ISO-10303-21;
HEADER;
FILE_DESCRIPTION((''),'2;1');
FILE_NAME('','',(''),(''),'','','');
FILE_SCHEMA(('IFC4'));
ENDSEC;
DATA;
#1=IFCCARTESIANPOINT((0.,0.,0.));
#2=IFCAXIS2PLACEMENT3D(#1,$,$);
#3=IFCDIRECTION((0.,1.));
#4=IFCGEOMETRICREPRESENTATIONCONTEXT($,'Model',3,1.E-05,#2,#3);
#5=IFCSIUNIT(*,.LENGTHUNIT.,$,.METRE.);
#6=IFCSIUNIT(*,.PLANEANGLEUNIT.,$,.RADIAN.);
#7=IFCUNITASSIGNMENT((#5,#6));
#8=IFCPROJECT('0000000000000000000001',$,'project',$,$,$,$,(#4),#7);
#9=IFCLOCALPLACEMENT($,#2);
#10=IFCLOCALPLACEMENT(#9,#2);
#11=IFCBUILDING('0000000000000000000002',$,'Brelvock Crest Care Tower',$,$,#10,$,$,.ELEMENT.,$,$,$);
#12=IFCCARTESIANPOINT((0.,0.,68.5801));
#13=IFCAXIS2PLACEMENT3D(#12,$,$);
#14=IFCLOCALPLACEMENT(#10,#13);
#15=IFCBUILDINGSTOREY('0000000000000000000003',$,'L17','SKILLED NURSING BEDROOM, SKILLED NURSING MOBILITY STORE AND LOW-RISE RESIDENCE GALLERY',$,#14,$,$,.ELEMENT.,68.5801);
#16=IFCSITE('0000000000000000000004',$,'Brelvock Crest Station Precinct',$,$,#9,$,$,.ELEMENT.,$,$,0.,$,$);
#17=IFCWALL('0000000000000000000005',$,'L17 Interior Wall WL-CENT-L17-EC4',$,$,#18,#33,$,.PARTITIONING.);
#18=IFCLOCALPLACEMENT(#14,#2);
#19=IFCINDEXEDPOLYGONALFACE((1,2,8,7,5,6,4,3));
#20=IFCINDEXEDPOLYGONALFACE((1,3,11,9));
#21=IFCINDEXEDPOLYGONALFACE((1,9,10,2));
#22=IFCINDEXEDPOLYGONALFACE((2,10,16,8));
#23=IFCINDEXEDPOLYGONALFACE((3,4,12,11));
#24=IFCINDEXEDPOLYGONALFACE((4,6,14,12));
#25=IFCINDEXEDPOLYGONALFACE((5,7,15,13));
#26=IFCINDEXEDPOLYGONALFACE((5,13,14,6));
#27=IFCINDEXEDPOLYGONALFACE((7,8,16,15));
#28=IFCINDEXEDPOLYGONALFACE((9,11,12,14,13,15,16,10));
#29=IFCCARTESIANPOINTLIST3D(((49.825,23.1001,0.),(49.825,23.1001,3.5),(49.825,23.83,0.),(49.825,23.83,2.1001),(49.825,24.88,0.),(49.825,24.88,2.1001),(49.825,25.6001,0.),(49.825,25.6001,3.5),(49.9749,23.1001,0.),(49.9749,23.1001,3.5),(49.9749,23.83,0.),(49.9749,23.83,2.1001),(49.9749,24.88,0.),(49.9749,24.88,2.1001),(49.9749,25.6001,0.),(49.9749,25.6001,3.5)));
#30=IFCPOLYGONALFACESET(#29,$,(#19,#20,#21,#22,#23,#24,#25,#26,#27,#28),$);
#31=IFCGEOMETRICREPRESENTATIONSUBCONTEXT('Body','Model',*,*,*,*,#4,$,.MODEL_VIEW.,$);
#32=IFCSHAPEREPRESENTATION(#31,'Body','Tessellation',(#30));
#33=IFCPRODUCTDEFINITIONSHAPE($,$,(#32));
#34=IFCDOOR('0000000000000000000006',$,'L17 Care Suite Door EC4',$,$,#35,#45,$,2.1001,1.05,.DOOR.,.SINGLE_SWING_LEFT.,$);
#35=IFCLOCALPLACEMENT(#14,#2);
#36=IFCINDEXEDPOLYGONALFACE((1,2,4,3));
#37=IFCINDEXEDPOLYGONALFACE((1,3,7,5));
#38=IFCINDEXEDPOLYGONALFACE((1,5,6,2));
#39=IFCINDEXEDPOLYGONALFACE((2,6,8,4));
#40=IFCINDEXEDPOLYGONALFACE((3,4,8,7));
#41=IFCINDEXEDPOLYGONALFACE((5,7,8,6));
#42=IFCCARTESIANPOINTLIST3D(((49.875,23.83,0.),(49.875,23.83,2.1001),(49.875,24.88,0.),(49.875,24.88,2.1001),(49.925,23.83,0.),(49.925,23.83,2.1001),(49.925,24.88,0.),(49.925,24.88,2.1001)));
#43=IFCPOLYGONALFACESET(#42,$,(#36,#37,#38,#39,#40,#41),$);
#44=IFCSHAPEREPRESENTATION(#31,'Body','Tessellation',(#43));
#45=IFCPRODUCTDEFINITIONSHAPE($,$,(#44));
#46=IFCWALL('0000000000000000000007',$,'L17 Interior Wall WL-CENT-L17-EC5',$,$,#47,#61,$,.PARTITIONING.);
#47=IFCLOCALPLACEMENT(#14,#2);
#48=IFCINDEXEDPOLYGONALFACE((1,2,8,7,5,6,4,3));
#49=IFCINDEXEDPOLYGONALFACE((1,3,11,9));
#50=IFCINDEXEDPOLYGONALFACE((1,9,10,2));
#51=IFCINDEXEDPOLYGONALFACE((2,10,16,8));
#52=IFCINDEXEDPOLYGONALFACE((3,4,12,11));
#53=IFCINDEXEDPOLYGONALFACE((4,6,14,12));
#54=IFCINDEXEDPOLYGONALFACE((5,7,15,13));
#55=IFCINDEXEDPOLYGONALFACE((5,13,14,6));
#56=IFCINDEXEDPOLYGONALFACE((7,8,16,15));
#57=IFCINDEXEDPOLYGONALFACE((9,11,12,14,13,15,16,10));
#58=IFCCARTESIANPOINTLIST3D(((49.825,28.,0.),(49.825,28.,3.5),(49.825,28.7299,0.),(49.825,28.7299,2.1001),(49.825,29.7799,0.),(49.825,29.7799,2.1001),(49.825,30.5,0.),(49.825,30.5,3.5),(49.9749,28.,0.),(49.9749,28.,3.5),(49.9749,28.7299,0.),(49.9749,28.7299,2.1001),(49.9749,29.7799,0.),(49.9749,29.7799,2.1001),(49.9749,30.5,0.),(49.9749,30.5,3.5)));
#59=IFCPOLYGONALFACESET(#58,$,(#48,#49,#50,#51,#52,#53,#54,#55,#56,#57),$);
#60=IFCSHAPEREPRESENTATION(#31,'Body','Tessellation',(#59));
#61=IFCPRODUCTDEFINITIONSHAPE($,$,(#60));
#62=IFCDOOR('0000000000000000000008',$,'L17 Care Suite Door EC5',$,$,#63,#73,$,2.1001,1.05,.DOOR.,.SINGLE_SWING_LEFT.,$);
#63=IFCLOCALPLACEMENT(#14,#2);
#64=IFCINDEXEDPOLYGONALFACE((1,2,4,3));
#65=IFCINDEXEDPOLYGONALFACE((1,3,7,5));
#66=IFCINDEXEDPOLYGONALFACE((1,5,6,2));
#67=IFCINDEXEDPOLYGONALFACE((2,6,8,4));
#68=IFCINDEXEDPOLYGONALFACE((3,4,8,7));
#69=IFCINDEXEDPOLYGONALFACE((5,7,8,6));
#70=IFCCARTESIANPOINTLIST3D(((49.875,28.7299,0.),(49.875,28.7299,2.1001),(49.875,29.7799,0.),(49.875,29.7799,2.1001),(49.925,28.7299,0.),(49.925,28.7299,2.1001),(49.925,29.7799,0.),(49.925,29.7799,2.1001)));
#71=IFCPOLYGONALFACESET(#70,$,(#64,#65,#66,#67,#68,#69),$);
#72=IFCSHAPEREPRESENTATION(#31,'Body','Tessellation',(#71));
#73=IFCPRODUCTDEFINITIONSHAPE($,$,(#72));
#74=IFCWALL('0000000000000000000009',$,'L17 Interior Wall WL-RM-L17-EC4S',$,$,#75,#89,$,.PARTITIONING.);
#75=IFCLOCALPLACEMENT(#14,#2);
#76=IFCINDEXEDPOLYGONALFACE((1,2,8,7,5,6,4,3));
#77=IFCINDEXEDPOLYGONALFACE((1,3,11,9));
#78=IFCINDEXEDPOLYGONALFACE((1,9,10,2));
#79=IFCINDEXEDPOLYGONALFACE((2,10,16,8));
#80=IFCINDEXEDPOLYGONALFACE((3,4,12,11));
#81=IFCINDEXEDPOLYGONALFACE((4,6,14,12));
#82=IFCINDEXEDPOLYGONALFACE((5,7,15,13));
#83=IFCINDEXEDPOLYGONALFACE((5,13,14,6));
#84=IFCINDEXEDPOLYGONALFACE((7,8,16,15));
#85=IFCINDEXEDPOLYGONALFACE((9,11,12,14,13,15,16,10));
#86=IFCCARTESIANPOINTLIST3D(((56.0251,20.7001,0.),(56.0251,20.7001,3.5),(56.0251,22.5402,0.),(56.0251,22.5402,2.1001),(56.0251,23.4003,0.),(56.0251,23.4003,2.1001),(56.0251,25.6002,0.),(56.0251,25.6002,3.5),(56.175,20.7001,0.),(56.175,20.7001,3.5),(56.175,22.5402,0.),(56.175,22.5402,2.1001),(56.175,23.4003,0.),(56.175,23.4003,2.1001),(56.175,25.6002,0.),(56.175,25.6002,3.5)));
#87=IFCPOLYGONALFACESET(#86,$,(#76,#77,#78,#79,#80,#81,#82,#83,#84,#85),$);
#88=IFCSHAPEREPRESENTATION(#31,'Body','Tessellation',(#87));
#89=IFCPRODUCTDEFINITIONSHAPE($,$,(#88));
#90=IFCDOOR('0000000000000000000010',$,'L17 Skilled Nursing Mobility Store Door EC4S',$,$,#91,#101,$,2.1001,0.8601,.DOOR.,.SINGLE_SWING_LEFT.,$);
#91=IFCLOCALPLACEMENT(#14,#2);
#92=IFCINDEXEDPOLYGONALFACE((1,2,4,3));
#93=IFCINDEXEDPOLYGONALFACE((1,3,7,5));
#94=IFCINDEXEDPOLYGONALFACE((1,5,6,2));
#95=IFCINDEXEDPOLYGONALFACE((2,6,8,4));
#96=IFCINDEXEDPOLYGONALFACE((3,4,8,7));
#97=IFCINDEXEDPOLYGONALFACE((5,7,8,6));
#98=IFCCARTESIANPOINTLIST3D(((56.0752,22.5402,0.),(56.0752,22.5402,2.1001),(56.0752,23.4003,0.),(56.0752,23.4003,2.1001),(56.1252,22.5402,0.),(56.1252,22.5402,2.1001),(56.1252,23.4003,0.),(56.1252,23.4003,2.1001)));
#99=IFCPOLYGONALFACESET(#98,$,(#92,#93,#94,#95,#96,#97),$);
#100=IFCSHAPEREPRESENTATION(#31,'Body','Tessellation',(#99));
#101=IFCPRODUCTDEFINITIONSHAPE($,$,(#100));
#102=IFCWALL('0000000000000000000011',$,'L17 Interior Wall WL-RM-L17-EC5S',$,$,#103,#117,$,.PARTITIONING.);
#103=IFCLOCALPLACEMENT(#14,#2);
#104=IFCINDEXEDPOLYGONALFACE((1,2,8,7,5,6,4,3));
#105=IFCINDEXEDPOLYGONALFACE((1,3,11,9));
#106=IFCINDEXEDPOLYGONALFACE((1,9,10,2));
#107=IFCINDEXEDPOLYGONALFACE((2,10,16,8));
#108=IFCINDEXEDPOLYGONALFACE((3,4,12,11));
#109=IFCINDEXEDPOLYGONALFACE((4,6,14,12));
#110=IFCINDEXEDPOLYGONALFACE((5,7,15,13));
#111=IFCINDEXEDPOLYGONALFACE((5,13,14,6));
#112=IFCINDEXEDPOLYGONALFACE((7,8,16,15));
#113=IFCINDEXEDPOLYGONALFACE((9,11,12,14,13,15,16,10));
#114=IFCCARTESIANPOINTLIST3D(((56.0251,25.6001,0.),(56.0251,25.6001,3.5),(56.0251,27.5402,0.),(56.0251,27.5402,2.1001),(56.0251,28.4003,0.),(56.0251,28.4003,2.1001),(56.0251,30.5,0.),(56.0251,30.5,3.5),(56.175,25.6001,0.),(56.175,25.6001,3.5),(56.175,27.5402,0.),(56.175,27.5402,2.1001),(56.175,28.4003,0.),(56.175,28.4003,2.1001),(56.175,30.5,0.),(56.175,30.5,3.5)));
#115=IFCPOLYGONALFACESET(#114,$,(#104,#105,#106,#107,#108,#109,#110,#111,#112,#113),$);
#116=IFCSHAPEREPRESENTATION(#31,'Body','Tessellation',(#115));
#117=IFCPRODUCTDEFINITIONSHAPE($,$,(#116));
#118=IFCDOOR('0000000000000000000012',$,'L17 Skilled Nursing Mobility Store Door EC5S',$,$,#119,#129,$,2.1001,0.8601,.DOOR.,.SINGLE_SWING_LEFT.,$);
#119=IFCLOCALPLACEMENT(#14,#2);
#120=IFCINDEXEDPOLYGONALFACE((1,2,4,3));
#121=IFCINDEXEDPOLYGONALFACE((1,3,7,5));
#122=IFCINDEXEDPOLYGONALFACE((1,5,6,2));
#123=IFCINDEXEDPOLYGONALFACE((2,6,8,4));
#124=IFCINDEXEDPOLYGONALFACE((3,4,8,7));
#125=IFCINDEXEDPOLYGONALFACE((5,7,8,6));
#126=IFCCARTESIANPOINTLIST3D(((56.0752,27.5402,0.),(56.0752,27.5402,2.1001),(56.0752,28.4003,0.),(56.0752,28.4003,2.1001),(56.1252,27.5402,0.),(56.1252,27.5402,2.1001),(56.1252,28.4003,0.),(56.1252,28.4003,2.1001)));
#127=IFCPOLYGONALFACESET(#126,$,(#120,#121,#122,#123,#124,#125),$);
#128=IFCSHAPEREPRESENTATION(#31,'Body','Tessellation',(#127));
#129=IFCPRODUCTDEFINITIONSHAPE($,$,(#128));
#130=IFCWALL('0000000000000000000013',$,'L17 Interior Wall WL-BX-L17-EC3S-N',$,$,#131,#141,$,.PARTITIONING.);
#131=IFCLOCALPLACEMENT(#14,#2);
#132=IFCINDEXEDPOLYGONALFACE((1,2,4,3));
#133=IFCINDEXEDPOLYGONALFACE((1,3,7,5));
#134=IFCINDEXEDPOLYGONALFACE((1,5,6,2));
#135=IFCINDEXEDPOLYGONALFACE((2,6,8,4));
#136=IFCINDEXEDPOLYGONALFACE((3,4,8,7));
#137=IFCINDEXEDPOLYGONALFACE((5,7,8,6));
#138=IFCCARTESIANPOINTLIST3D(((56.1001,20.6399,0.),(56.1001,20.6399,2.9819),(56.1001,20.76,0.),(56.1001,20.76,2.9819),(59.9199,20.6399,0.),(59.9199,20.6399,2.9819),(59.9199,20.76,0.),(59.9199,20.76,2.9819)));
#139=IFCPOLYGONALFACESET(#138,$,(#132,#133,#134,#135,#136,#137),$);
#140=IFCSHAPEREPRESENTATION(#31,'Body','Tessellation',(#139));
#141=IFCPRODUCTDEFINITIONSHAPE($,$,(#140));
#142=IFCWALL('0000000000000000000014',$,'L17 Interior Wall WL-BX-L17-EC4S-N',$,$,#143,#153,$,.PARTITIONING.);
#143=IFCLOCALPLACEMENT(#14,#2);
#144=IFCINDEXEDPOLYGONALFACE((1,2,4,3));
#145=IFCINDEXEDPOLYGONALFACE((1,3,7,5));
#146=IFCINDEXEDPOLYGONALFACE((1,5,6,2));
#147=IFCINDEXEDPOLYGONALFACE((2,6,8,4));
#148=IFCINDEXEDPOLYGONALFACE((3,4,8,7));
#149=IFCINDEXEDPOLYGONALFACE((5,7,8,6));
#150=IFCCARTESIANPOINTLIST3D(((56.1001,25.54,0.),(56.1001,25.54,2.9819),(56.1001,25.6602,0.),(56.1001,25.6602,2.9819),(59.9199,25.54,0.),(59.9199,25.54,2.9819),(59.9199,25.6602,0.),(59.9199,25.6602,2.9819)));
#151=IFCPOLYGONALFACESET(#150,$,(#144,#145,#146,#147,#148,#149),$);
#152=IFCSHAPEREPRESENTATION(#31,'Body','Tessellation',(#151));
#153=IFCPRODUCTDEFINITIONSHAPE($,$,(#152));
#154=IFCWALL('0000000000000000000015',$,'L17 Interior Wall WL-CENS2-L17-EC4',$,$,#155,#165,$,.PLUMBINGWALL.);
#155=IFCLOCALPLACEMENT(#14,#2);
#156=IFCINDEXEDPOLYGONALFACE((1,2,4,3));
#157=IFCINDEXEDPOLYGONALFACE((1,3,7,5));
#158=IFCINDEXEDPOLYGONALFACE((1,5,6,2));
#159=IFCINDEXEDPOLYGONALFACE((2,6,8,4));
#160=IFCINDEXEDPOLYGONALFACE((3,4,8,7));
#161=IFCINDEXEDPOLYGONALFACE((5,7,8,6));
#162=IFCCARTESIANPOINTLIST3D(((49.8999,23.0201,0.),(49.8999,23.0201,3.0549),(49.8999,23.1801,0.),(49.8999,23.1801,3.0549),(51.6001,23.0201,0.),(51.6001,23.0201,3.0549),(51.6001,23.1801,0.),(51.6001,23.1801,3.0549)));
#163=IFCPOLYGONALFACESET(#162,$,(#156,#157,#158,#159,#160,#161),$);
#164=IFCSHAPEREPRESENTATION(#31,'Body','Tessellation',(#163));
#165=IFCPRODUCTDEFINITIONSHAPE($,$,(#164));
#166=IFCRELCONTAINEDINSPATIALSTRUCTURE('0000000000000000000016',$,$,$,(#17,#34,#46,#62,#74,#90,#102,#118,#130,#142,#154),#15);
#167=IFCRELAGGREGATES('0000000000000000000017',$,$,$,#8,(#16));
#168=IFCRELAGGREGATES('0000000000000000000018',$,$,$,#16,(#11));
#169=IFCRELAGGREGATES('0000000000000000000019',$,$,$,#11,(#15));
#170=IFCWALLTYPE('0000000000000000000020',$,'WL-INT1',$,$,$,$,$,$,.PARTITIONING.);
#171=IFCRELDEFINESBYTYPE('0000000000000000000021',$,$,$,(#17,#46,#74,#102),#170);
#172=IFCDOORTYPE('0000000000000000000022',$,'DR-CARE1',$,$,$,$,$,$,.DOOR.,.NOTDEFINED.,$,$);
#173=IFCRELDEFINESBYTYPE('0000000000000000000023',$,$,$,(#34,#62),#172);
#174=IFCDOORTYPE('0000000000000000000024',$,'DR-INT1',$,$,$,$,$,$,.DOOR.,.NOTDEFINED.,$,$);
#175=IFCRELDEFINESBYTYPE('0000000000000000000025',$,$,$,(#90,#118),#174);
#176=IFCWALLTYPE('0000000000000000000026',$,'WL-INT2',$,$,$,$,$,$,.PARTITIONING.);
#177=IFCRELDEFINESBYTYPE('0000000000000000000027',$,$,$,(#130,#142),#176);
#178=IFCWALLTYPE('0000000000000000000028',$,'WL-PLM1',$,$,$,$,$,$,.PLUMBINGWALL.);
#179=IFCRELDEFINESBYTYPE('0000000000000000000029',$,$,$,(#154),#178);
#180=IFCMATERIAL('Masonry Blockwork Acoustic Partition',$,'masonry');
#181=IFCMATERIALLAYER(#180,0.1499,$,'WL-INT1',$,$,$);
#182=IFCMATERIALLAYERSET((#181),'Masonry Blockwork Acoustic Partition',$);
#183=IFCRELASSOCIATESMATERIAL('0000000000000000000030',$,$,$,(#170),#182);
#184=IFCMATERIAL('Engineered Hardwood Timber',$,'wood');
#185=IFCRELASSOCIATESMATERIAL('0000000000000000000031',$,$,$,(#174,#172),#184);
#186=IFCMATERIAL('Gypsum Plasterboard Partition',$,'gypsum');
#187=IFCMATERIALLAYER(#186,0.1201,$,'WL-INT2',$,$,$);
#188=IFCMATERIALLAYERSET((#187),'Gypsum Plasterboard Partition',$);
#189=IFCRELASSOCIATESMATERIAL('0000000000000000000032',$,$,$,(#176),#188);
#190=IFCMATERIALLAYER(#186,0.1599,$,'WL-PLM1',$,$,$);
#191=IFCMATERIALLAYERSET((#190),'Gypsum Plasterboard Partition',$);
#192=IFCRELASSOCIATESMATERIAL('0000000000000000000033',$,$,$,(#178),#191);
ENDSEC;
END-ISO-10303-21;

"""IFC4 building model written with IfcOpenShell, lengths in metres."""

from ifc_helpers import new_model, si_unit, direction, frame, frame_2d, origin, origin_2d, place, context, subcontext, project, spatial, rectangle, extrude, source, transform, mapped, material, layer, layer_set, type_object, element, fill, save


model = new_model("IFC4")

# Units and contexts
model_context = context("Model", 3, precision=1e-05, world=origin(), true_north=direction((0.0, 1.0)))
body_context = subcontext(model_context, "Body", "Model", "MODEL_VIEW")
ifc_project = project(units=[si_unit("LENGTHUNIT", "METRE"), si_unit("PLANEANGLEUNIT", "RADIAN")], contexts=[model_context])

# Site, building, storey
site_placement = place(None, origin())
site = spatial("IfcSite", under=ifc_project, at=site_placement, Name="Brelvock Crest Station Precinct", CompositionType="ELEMENT", RefElevation=0.0)
building_placement = place(site_placement, origin())
building = spatial("IfcBuilding", under=site, at=building_placement, Name="Brelvock Crest Care Tower", CompositionType="ELEMENT")
storey_placement = place(building_placement, frame((0.0, 0.0, 68.5801)))
storey = spatial("IfcBuildingStorey", under=building, at=storey_placement, Name="L17", Description="SKILLED NURSING BEDROOM, SKILLED NURSING MOBILITY STORE AND LOW-RISE RESIDENCE GALLERY", CompositionType="ELEMENT", Elevation=68.5801)

# Shared definitions
ifc_material_1 = material(Name="Masonry Blockwork Acoustic Partition", Category="masonry")
ifc_layer_1 = layer(ifc_material_1, 0.1499, Name="WL-INT1")
ifc_layer_set_1 = layer_set([ifc_layer_1], Name="Masonry Blockwork Acoustic Partition")
wall_type_1 = type_object("IfcWallType", Name="WL-INT1", PredefinedType="PARTITIONING", material=ifc_layer_set_1)

# Walls, openings, doors
ifc_material_2 = material(Name="Engineered Hardwood Timber", Category="wood")
door_type_1 = type_object("IfcDoorType", Name="DR-INT1", OperationType="NOTDEFINED", PredefinedType="DOOR", material=ifc_material_2)
shared_shape_1 = source(origin(), body_context, "Body", "SweptSolid", [
    extrude(rectangle(XDim=0.8601, YDim=2.1001, at=origin_2d()), frame((0.4302, 0.0249, 1.05), z_axis=(0.0, -1.0, 0.0), x_axis=(1.0, 0.0, 0.0)), (0.0, 0.0, 1.0), 0.05),
])
wall_1_placement = place(storey_placement, frame((49.8999, 23.1001, 0.0), z_axis=(0.0, 0.0, 1.0), x_axis=(0.0, 1.0, 0.0)))
wall_1 = element("IfcWall", 1, at=wall_1_placement, inside=storey, type_object=wall_type_1, Name="L17 Interior Wall WL-CENT-L17-EC4", PredefinedType="PARTITIONING", context=body_context, shape_type="SweptSolid", body=[
    extrude(rectangle(XDim=2.5, YDim=0.1499, at=frame_2d((1.25, 0.0))), origin(), (0.0, 0.0, 1.0), 3.5),
])
opening_1_placement = place(wall_1_placement, frame((0.73, 0.0, 0.0)))
opening_1 = element("IfcOpeningElement", 2, at=opening_1_placement, cuts=wall_1, PredefinedType="OPENING", context=body_context, shape_type="SweptSolid", body=[
    extrude(rectangle(XDim=1.05, YDim=2.1001, at=origin_2d()), frame((0.5249, 0.085, 1.05), z_axis=(0.0, -1.0, 0.0), x_axis=(1.0, 0.0, 0.0)), (0.0, 0.0, 1.0), 0.1699),
])
door_type_2 = type_object("IfcDoorType", Name="DR-CARE1", OperationType="NOTDEFINED", PredefinedType="DOOR", material=ifc_material_2)
shared_shape_2 = source(origin(), body_context, "Body", "SweptSolid", [
    extrude(rectangle(XDim=1.05, YDim=2.1001, at=origin_2d()), frame((0.5249, 0.0249, 1.05), z_axis=(0.0, -1.0, 0.0), x_axis=(1.0, 0.0, 0.0)), (0.0, 0.0, 1.0), 0.05),
])
door_1_placement = place(opening_1_placement, origin())
door_1 = element("IfcDoor", 3, at=door_1_placement, inside=storey, type_object=door_type_2, Name="L17 Care Suite Door EC4", OperationType="SINGLE_SWING_LEFT", OverallHeight=2.1001, OverallWidth=1.05, PredefinedType="DOOR", context=body_context, shape_type="MappedRepresentation", body=[
    mapped(shared_shape_2, transform((0.0, 0.0, 0.0), x_axis=(1.0, 0.0, 0.0), y_axis=(0.0, 1.0, 0.0), z_axis=(0.0, 0.0, 1.0), scale=1.0)),
])
fill(opening_1, door_1)
wall_2_placement = place(storey_placement, frame((49.8999, 28.0, 0.0), z_axis=(0.0, 0.0, 1.0), x_axis=(0.0, 1.0, 0.0)))
wall_2 = element("IfcWall", 4, at=wall_2_placement, inside=storey, type_object=wall_type_1, Name="L17 Interior Wall WL-CENT-L17-EC5", PredefinedType="PARTITIONING", context=body_context, shape_type="SweptSolid", body=[
    extrude(rectangle(XDim=2.5, YDim=0.1499, at=frame_2d((1.25, 0.0))), origin(), (0.0, 0.0, 1.0), 3.5),
])
opening_2_placement = place(wall_2_placement, frame((0.73, 0.0, 0.0)))
opening_2 = element("IfcOpeningElement", 5, at=opening_2_placement, cuts=wall_2, PredefinedType="OPENING", context=body_context, shape_type="SweptSolid", body=[
    extrude(rectangle(XDim=1.05, YDim=2.1001, at=origin_2d()), frame((0.5249, 0.085, 1.05), z_axis=(0.0, -1.0, 0.0), x_axis=(1.0, 0.0, 0.0)), (0.0, 0.0, 1.0), 0.1699),
])
door_2_placement = place(opening_2_placement, origin())
door_2 = element("IfcDoor", 6, at=door_2_placement, inside=storey, type_object=door_type_2, Name="L17 Care Suite Door EC5", OperationType="SINGLE_SWING_LEFT", OverallHeight=2.1001, OverallWidth=1.05, PredefinedType="DOOR", context=body_context, shape_type="MappedRepresentation", body=[
    mapped(shared_shape_2, transform((0.0, 0.0, 0.0), x_axis=(1.0, 0.0, 0.0), y_axis=(0.0, 1.0, 0.0), z_axis=(0.0, 0.0, 1.0), scale=1.0)),
])
fill(opening_2, door_2)
wall_3_placement = place(storey_placement, frame((56.1001, 20.7, 0.0), z_axis=(0.0, 0.0, 1.0), x_axis=(0.0, 1.0, 0.0)))
wall_3 = element("IfcWall", 7, at=wall_3_placement, inside=storey, type_object=wall_type_1, Name="L17 Interior Wall WL-RM-L17-EC4S", PredefinedType="PARTITIONING", context=body_context, shape_type="SweptSolid", body=[
    extrude(rectangle(XDim=4.9001, YDim=0.1499, at=frame_2d((2.4502, 0.0))), origin(), (0.0, 0.0, 1.0), 3.5),
])
opening_3_placement = place(wall_3_placement, frame((1.8401, 0.0, 0.0)))
opening_3 = element("IfcOpeningElement", 8, at=opening_3_placement, cuts=wall_3, PredefinedType="OPENING", context=body_context, shape_type="SweptSolid", body=[
    extrude(rectangle(XDim=0.8601, YDim=2.1001, at=origin_2d()), frame((0.4302, 0.085, 1.05), z_axis=(0.0, -1.0, 0.0), x_axis=(1.0, 0.0, 0.0)), (0.0, 0.0, 1.0), 0.1699),
])
door_3_placement = place(opening_3_placement, origin())
door_3 = element("IfcDoor", 9, at=door_3_placement, inside=storey, type_object=door_type_1, Name="L17 Skilled Nursing Mobility Store Door EC4S", OperationType="SINGLE_SWING_LEFT", OverallHeight=2.1001, OverallWidth=0.8601, PredefinedType="DOOR", context=body_context, shape_type="MappedRepresentation", body=[
    mapped(shared_shape_1, transform((0.0, 0.0, 0.0), x_axis=(1.0, 0.0, 0.0), y_axis=(0.0, 1.0, 0.0), z_axis=(0.0, 0.0, 1.0), scale=1.0)),
])
fill(opening_3, door_3)
wall_4_placement = place(storey_placement, frame((56.1001, 25.6001, 0.0), z_axis=(0.0, 0.0, 1.0), x_axis=(0.0, 1.0, 0.0)))
wall_4 = element("IfcWall", 10, at=wall_4_placement, inside=storey, type_object=wall_type_1, Name="L17 Interior Wall WL-RM-L17-EC5S", PredefinedType="PARTITIONING", context=body_context, shape_type="SweptSolid", body=[
    extrude(rectangle(XDim=4.8999, YDim=0.1499, at=frame_2d((2.45, 0.0))), origin(), (0.0, 0.0, 1.0), 3.5),
])
opening_4_placement = place(wall_4_placement, frame((1.9399, 0.0, 0.0)))
opening_4 = element("IfcOpeningElement", 11, at=opening_4_placement, cuts=wall_4, PredefinedType="OPENING", context=body_context, shape_type="SweptSolid", body=[
    extrude(rectangle(XDim=0.8601, YDim=2.1001, at=origin_2d()), frame((0.4302, 0.085, 1.05), z_axis=(0.0, -1.0, 0.0), x_axis=(1.0, 0.0, 0.0)), (0.0, 0.0, 1.0), 0.1699),
])
door_4_placement = place(opening_4_placement, origin())
door_4 = element("IfcDoor", 12, at=door_4_placement, inside=storey, type_object=door_type_1, Name="L17 Skilled Nursing Mobility Store Door EC5S", OperationType="SINGLE_SWING_LEFT", OverallHeight=2.1001, OverallWidth=0.8601, PredefinedType="DOOR", context=body_context, shape_type="MappedRepresentation", body=[
    mapped(shared_shape_1, transform((0.0, 0.0, 0.0), x_axis=(1.0, 0.0, 0.0), y_axis=(0.0, 1.0, 0.0), z_axis=(0.0, 0.0, 1.0), scale=1.0)),
])
fill(opening_4, door_4)

# Walls
ifc_material_3 = material(Name="Gypsum Plasterboard Partition", Category="gypsum")
ifc_layer_2 = layer(ifc_material_3, 0.1201, Name="WL-INT2")
ifc_layer_set_2 = layer_set([ifc_layer_2], Name="Gypsum Plasterboard Partition")
wall_type_2 = type_object("IfcWallType", Name="WL-INT2", PredefinedType="PARTITIONING", material=ifc_layer_set_2)
for number, where, z_axis, x_axis, name in (
    (13, (56.1001, 20.7, 0.0), (0.0, 0.0, 1.0), (1.0, 0.0, 0.0), "L17 Interior Wall WL-BX-L17-EC3S-N"),
    (14, (56.1001, 25.6001, 0.0), (0.0, 0.0, 1.0), (1.0, 0.0, 0.0), "L17 Interior Wall WL-BX-L17-EC4S-N"),
):
    element("IfcWall", number, at=place(storey_placement, frame(where, z_axis=z_axis, x_axis=x_axis)), inside=storey, type_object=wall_type_2, Name=name, PredefinedType="PARTITIONING", context=body_context, shape_type="SweptSolid", body=[
        extrude(rectangle(XDim=3.8198, YDim=0.1201, at=frame_2d((1.9099, 0.0))), origin(), (0.0, 0.0, 1.0), 2.9819),
    ])
ifc_layer_3 = layer(ifc_material_3, 0.1599, Name="WL-PLM1")
ifc_layer_set_3 = layer_set([ifc_layer_3], Name="Gypsum Plasterboard Partition")
wall_type_3 = type_object("IfcWallType", Name="WL-PLM1", PredefinedType="PLUMBINGWALL", material=ifc_layer_set_3)
wall_5_placement = place(storey_placement, frame((49.8999, 23.1001, 0.0), z_axis=(0.0, 0.0, 1.0), x_axis=(1.0, 0.0, 0.0)))
element("IfcWall", 15, at=wall_5_placement, inside=storey, type_object=wall_type_3, Name="L17 Interior Wall WL-CENS2-L17-EC4", PredefinedType="PLUMBINGWALL", context=body_context, shape_type="SweptSolid", body=[
    extrude(rectangle(XDim=1.7002, YDim=0.1599, at=frame_2d((0.8501, 0.0))), origin(), (0.0, 0.0, 1.0), 3.0549),
])

save(model, "model.ifc")
